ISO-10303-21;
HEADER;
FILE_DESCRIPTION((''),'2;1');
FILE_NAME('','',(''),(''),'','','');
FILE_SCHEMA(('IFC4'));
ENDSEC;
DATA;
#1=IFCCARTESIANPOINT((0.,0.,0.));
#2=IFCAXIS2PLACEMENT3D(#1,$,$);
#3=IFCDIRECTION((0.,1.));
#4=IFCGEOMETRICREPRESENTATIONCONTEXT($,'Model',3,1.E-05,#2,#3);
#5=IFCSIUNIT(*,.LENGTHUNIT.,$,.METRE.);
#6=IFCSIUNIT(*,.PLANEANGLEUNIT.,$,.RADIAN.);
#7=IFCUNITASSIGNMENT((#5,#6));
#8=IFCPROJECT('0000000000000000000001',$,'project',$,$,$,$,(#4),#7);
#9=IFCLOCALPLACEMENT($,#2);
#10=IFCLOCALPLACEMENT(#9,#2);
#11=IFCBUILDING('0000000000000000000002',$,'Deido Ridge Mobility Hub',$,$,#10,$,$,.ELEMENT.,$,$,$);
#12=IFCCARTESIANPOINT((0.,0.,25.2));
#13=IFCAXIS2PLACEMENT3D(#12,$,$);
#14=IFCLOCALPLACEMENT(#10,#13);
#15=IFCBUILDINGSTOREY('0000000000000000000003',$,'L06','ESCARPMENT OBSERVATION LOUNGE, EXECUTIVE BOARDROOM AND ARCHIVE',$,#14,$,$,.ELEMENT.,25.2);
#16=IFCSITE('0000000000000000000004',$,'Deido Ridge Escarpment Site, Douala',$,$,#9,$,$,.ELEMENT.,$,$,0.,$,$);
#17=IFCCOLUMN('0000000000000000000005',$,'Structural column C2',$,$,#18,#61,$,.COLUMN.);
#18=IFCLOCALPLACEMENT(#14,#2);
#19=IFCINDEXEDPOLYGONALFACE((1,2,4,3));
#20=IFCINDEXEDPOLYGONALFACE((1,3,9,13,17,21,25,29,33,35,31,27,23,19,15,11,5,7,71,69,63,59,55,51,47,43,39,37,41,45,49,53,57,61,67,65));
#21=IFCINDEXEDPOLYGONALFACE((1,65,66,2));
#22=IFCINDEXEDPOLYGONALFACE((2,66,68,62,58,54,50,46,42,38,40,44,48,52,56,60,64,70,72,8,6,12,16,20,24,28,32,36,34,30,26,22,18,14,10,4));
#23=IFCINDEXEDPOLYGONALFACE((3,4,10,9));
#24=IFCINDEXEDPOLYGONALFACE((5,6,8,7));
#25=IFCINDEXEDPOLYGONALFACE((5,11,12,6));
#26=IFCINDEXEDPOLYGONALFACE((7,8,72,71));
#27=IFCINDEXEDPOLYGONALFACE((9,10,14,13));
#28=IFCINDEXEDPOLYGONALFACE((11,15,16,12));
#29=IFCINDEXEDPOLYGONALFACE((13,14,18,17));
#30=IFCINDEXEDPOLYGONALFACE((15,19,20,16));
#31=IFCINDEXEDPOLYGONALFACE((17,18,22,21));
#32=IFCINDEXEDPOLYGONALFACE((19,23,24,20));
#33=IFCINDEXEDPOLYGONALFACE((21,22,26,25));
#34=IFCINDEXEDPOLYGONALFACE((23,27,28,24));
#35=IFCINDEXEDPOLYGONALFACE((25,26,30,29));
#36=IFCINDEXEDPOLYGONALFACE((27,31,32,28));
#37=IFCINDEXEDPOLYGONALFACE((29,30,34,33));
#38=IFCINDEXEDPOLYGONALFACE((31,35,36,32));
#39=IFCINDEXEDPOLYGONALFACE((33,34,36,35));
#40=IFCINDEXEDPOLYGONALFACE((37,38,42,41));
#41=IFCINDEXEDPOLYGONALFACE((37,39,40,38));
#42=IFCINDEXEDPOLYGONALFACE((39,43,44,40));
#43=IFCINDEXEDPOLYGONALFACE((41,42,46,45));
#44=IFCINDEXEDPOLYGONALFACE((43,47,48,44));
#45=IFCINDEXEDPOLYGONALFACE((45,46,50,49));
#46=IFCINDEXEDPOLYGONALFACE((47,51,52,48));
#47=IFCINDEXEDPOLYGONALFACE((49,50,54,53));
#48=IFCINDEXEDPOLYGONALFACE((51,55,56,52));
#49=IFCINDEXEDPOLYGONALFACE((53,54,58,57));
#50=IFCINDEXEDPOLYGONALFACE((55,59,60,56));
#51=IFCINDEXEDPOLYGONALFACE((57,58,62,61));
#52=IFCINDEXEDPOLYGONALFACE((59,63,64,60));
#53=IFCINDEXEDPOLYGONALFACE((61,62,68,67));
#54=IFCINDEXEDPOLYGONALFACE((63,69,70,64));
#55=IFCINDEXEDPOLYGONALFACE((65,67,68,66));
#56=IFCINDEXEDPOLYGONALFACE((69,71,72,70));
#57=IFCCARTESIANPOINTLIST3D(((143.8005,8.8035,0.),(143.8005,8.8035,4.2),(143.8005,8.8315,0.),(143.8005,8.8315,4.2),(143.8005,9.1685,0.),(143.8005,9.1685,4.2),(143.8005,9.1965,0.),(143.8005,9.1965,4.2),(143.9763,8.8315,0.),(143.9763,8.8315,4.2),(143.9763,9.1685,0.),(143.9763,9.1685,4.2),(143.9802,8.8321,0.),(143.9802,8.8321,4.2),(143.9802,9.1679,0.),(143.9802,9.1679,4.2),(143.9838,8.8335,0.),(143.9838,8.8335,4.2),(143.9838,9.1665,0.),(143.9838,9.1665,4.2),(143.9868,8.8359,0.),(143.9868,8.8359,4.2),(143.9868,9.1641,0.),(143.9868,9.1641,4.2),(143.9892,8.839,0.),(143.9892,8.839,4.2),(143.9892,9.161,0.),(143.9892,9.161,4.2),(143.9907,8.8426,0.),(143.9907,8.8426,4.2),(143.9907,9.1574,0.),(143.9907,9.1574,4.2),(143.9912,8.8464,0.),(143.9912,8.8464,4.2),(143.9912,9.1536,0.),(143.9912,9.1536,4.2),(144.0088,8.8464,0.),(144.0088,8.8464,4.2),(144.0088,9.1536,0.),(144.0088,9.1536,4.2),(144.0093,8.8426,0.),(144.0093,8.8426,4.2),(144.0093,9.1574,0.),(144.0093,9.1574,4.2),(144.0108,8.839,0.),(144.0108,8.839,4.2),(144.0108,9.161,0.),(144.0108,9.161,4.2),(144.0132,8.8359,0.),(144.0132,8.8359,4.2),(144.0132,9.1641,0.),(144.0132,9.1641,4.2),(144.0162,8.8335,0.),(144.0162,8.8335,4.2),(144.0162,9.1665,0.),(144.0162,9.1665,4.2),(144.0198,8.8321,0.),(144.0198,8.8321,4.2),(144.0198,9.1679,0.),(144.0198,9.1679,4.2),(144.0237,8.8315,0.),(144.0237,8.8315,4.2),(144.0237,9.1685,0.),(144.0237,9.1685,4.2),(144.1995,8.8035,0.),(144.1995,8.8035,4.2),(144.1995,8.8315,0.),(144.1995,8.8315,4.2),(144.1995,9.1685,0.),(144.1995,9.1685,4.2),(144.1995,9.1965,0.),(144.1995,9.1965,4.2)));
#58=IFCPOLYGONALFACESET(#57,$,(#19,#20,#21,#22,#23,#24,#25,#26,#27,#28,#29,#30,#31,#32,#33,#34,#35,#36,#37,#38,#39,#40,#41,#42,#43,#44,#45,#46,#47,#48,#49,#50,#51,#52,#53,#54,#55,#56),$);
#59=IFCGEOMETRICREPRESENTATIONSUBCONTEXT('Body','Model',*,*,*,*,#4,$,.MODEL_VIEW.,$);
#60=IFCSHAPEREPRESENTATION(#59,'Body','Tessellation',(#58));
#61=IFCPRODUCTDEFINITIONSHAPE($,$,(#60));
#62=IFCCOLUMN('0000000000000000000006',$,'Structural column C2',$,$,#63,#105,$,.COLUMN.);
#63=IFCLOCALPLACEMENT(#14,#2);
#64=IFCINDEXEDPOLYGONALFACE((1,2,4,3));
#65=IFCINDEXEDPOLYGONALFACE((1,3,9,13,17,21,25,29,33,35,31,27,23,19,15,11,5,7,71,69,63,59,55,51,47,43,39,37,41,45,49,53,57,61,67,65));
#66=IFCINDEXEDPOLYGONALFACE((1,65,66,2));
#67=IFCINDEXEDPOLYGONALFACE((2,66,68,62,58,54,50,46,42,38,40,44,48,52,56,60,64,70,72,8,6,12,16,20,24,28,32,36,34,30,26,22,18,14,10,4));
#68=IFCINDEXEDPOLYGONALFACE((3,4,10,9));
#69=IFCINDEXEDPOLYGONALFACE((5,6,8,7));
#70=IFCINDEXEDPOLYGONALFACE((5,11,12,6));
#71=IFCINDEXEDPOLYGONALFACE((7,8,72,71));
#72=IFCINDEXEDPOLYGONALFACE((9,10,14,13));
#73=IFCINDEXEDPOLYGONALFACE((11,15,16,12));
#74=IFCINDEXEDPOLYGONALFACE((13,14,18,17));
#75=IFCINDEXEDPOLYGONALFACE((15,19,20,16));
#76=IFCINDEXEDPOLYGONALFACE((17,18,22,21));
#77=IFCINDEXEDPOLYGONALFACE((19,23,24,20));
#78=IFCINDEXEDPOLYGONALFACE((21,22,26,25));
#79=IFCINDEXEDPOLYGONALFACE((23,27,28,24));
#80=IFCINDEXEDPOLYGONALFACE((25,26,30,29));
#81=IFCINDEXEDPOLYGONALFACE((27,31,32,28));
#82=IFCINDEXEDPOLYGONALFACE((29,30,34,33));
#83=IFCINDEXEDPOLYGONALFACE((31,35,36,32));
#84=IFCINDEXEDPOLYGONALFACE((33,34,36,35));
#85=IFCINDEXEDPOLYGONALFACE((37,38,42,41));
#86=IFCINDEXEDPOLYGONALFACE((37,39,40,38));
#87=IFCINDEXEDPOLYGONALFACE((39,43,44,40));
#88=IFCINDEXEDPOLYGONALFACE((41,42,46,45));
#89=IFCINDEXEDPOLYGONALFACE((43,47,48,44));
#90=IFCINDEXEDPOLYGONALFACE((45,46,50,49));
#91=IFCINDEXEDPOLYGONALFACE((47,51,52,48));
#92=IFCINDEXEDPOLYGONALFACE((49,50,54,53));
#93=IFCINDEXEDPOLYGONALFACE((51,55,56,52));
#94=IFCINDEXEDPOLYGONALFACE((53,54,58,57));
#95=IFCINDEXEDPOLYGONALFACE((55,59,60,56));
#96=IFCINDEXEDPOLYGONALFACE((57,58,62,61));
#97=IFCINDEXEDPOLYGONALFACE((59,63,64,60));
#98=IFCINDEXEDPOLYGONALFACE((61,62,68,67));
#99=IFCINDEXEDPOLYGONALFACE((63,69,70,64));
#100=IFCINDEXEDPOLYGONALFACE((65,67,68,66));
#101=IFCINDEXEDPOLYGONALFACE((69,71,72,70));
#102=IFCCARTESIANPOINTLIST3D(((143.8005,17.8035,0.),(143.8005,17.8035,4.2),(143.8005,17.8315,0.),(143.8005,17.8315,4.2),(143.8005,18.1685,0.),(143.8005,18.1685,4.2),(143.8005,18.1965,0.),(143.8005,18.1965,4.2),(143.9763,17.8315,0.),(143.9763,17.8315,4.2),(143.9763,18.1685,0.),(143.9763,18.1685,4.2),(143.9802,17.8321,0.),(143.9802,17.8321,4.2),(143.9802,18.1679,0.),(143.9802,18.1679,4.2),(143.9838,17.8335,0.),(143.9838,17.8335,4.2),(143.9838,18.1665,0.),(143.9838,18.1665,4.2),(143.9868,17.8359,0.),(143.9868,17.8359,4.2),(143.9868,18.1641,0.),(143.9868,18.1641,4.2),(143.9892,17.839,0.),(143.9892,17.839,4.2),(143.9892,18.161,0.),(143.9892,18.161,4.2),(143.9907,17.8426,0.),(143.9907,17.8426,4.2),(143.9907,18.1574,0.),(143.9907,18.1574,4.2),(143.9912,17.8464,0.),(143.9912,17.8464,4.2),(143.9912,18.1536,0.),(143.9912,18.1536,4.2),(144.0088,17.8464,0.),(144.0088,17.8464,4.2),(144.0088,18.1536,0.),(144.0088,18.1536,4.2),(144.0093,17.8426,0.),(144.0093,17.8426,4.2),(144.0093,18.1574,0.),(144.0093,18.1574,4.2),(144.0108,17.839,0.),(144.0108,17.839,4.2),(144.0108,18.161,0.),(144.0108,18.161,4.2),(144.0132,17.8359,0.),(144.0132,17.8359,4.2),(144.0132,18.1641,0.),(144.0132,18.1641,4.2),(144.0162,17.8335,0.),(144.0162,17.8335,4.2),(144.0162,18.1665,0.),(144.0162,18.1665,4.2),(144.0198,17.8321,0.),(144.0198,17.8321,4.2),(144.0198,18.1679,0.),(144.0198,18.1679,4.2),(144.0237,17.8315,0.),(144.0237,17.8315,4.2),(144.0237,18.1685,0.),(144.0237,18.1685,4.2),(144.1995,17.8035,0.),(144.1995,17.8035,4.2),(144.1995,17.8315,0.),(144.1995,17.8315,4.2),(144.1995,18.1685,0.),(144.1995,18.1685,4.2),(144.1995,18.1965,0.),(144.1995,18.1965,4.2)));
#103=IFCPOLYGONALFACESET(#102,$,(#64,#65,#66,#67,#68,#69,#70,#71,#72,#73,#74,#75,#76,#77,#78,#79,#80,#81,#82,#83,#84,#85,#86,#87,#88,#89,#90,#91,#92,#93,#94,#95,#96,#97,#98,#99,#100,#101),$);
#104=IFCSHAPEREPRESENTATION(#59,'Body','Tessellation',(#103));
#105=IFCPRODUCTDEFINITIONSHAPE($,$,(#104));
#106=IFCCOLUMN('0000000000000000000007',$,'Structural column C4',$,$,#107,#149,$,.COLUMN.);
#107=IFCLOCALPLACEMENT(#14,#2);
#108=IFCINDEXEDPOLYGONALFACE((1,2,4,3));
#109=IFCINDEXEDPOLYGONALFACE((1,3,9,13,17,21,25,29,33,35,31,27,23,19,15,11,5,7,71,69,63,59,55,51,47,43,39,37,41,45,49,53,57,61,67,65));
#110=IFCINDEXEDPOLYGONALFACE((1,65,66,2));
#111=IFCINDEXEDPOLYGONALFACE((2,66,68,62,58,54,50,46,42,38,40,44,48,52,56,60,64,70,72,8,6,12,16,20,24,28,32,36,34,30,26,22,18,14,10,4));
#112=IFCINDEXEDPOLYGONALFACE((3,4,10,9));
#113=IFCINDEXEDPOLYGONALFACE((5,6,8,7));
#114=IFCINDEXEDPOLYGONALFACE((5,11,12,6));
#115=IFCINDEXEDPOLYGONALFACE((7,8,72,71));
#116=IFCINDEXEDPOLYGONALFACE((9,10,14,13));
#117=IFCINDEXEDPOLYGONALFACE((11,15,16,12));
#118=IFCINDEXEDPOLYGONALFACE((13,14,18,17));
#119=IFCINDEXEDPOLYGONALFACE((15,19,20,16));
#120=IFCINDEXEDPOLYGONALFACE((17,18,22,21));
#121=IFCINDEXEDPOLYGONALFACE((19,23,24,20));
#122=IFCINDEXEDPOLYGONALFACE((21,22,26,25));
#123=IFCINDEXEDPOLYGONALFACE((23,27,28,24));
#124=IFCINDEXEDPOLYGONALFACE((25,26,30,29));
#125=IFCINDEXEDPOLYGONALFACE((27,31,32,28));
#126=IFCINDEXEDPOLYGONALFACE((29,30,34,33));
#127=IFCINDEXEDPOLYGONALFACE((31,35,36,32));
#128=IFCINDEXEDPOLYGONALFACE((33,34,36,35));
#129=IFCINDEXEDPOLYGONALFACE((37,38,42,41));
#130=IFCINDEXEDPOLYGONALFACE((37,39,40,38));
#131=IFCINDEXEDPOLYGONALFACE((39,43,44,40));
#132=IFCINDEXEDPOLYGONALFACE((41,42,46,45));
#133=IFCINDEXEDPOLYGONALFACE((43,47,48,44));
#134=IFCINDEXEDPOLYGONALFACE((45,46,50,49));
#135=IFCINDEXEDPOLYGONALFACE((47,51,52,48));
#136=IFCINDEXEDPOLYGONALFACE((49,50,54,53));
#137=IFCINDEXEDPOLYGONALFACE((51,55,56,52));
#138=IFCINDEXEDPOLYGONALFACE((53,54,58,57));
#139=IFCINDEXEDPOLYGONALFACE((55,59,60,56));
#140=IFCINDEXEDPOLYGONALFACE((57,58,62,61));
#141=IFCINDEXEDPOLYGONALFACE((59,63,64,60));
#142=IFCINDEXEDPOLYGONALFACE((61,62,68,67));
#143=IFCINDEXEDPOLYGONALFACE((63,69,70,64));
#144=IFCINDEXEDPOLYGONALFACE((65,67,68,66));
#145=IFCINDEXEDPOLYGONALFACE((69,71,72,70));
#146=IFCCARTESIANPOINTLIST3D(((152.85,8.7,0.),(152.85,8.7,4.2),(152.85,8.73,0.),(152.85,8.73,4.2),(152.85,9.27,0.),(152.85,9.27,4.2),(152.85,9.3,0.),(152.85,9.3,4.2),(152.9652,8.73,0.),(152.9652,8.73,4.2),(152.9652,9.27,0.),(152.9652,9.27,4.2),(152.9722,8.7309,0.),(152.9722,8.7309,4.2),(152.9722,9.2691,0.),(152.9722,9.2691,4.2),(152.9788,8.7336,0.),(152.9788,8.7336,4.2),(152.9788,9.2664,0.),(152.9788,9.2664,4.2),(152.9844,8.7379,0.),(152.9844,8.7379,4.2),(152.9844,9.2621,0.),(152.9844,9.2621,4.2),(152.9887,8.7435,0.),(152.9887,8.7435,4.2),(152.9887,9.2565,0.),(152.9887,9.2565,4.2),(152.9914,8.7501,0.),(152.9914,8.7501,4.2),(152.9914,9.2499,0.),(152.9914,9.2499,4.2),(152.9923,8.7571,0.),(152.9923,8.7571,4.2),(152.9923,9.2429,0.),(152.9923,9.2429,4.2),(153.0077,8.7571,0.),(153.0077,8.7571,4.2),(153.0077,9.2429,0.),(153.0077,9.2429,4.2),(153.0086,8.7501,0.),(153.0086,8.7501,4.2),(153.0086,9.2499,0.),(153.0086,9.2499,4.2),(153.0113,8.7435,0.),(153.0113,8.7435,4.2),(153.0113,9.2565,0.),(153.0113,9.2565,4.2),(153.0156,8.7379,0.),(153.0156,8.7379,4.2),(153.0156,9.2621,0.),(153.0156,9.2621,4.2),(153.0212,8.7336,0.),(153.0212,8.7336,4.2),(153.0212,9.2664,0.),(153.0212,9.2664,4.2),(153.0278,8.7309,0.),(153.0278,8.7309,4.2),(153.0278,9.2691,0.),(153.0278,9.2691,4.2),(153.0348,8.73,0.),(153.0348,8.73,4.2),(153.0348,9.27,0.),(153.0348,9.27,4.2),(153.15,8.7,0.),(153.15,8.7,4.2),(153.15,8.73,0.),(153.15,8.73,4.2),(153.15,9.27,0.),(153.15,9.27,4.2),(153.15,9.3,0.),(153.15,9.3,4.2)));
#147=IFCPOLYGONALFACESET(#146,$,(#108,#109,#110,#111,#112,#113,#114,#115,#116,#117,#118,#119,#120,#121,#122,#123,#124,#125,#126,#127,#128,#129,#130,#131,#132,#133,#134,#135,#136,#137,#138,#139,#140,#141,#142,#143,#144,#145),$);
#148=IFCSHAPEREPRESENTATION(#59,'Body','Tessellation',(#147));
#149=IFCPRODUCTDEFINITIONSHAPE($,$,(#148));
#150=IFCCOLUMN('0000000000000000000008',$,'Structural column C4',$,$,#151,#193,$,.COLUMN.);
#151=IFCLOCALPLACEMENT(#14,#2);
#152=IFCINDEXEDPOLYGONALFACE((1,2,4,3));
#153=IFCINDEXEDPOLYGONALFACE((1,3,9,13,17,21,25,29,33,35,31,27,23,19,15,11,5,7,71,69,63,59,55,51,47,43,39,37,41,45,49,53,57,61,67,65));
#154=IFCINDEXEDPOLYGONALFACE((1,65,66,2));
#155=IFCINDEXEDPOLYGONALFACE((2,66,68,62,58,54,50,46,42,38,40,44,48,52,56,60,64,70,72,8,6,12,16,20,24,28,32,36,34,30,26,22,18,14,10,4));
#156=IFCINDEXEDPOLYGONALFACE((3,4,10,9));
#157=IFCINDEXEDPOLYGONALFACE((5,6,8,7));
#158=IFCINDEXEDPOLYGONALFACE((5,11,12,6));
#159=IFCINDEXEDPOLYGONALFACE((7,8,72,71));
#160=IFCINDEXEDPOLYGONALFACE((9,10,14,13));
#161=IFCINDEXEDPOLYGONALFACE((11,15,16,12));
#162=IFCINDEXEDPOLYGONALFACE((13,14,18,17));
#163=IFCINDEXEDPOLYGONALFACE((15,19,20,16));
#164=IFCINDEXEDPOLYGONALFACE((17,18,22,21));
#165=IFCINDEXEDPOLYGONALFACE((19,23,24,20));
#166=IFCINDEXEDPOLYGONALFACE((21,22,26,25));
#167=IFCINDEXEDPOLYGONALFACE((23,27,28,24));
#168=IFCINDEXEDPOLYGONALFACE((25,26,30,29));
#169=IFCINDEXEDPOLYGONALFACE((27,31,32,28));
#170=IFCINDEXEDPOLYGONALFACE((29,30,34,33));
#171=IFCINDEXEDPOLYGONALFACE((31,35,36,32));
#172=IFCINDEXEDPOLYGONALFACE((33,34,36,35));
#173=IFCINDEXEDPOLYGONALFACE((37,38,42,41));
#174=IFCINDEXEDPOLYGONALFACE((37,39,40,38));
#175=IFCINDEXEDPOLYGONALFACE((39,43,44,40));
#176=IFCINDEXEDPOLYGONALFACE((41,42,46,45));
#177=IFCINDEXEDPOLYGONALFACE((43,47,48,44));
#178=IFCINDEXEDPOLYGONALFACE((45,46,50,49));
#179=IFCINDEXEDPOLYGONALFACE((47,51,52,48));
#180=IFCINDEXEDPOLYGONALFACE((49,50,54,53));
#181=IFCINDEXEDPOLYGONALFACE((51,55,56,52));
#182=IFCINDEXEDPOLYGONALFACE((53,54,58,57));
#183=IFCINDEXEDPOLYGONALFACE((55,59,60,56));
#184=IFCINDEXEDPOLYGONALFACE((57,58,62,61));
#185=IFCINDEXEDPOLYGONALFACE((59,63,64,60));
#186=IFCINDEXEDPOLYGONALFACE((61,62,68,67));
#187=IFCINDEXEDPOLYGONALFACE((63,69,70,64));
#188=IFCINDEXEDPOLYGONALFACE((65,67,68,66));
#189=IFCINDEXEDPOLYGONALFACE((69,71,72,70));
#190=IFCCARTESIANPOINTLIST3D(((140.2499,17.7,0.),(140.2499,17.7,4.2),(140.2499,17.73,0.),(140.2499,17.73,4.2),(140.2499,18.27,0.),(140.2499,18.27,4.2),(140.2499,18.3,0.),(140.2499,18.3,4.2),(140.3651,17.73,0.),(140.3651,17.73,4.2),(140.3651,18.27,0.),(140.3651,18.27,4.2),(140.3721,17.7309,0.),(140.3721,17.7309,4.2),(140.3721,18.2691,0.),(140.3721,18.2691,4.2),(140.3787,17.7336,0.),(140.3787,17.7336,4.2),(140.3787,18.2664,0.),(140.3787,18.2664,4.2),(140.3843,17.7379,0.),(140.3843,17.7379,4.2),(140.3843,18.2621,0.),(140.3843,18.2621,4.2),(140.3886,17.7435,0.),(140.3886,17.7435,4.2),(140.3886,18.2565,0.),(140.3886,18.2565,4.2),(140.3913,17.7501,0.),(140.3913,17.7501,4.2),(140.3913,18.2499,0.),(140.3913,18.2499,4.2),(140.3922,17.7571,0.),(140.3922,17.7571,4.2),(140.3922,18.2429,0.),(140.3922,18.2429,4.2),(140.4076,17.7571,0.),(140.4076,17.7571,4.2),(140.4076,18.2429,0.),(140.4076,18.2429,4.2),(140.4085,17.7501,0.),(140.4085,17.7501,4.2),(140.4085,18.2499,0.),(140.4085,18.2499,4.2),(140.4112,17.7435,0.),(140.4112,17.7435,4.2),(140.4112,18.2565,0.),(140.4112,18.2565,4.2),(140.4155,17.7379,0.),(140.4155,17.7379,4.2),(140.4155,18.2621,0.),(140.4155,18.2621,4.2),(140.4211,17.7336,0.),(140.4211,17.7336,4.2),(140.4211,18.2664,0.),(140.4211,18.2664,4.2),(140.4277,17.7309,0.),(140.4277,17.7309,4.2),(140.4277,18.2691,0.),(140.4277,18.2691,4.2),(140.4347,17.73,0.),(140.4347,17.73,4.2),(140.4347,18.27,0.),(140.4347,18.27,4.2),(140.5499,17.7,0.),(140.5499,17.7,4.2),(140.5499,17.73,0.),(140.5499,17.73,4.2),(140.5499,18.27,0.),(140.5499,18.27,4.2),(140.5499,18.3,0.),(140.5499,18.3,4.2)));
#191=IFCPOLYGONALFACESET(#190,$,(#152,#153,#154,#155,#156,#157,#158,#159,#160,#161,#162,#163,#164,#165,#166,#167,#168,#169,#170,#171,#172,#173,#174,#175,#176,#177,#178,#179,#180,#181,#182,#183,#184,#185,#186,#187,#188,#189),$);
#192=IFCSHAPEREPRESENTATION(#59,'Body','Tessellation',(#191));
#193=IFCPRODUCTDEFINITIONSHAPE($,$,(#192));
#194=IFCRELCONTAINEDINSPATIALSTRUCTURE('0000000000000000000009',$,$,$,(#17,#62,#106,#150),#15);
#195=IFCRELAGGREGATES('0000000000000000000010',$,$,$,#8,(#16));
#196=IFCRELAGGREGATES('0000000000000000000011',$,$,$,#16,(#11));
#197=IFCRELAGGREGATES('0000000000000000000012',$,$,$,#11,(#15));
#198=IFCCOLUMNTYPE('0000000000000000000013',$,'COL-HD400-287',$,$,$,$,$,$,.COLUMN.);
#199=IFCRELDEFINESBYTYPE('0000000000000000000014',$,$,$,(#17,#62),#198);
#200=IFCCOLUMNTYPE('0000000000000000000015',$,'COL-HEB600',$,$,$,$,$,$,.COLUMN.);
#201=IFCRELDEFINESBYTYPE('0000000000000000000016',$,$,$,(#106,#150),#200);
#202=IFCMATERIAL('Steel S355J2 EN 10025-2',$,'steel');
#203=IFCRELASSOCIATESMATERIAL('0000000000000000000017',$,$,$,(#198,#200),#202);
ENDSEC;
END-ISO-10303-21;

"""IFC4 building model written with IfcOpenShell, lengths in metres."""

from ifc_helpers import new_model, si_unit, direction, frame, origin, origin_2d, place, context, subcontext, project, spatial, i_section, extrude, material, material_profile, profile_set, type_object, element, save


model = new_model("IFC4")

# Units and contexts
model_context = context("Model", 3, precision=1e-05, world=origin(), true_north=direction((0.0, 1.0)))
body_context = subcontext(model_context, "Body", "Model", "MODEL_VIEW")
ifc_project = project(units=[si_unit("LENGTHUNIT", "METRE"), si_unit("PLANEANGLEUNIT", "RADIAN")], contexts=[model_context])

# Site, building, storey
site_placement = place(None, origin())
site = spatial("IfcSite", under=ifc_project, at=site_placement, Name="Deido Ridge Escarpment Site, Douala", CompositionType="ELEMENT", RefElevation=0.0)
building_placement = place(site_placement, origin())
building = spatial("IfcBuilding", under=site, at=building_placement, Name="Deido Ridge Mobility Hub", CompositionType="ELEMENT")
storey_placement = place(building_placement, frame((0.0, 0.0, 25.2)))
storey = spatial("IfcBuildingStorey", under=building, at=storey_placement, Name="L06", Description="ESCARPMENT OBSERVATION LOUNGE, EXECUTIVE BOARDROOM AND ARCHIVE", CompositionType="ELEMENT", Elevation=25.2)

# Columns
ifc_material_1 = material(Name="Steel S355J2 EN 10025-2", Category="steel")
ifc_material_profile_1 = material_profile(ifc_material_1, i_section(OverallWidth=0.3989, OverallDepth=0.3931, WebThickness=0.0176, FlangeThickness=0.0281, FilletRadius=0.0149, at=origin_2d()), Name="HD 400x287")
ifc_profile_set_1 = profile_set([ifc_material_profile_1], Name="Steel S355J2 EN 10025-2")
column_type_1 = type_object("IfcColumnType", Name="COL-HD400-287", PredefinedType="COLUMN", material=ifc_profile_set_1)
for number, where, z_axis, x_axis, name in (
    (1, (144.0, 9.0, 0.0), (0.0, 0.0, 1.0), (1.0, 0.0, 0.0), "Structural column C2"),
    (2, (144.0, 18.0, 0.0), (0.0, 0.0, 1.0), (1.0, 0.0, 0.0), "Structural column C2"),
):
    element("IfcColumn", number, at=place(storey_placement, frame(where, z_axis=z_axis, x_axis=x_axis)), inside=storey, type_object=column_type_1, Name=name, PredefinedType="COLUMN", context=body_context, shape_type="SweptSolid", body=[
        extrude(i_section(OverallWidth=0.3989, OverallDepth=0.3931, WebThickness=0.0176, FlangeThickness=0.0281, FilletRadius=0.0149, at=origin_2d()), origin(), (0.0, 0.0, 1.0), 4.2),
    ])
ifc_material_profile_2 = material_profile(ifc_material_1, i_section(OverallWidth=0.3, OverallDepth=0.6001, WebThickness=0.0154, FlangeThickness=0.03, FilletRadius=0.0271, at=origin_2d()), Name="HEB 600")
ifc_profile_set_2 = profile_set([ifc_material_profile_2], Name="Steel S355J2 EN 10025-2")
column_type_2 = type_object("IfcColumnType", Name="COL-HEB600", PredefinedType="COLUMN", material=ifc_profile_set_2)
for number, where, z_axis, x_axis, name in (
    (3, (153.0, 9.0, 0.0), (0.0, 0.0, 1.0), (1.0, 0.0, 0.0), "Structural column C4"),
    (4, (140.3999, 18.0, 0.0), (0.0, 0.0, 1.0), (1.0, 0.0, 0.0), "Structural column C4"),
):
    element("IfcColumn", number, at=place(storey_placement, frame(where, z_axis=z_axis, x_axis=x_axis)), inside=storey, type_object=column_type_2, Name=name, PredefinedType="COLUMN", context=body_context, shape_type="SweptSolid", body=[
        extrude(i_section(OverallWidth=0.3, OverallDepth=0.6001, WebThickness=0.0154, FlangeThickness=0.03, FilletRadius=0.0271, at=origin_2d()), origin(), (0.0, 0.0, 1.0), 4.2),
    ])

save(model, "model.ifc")
